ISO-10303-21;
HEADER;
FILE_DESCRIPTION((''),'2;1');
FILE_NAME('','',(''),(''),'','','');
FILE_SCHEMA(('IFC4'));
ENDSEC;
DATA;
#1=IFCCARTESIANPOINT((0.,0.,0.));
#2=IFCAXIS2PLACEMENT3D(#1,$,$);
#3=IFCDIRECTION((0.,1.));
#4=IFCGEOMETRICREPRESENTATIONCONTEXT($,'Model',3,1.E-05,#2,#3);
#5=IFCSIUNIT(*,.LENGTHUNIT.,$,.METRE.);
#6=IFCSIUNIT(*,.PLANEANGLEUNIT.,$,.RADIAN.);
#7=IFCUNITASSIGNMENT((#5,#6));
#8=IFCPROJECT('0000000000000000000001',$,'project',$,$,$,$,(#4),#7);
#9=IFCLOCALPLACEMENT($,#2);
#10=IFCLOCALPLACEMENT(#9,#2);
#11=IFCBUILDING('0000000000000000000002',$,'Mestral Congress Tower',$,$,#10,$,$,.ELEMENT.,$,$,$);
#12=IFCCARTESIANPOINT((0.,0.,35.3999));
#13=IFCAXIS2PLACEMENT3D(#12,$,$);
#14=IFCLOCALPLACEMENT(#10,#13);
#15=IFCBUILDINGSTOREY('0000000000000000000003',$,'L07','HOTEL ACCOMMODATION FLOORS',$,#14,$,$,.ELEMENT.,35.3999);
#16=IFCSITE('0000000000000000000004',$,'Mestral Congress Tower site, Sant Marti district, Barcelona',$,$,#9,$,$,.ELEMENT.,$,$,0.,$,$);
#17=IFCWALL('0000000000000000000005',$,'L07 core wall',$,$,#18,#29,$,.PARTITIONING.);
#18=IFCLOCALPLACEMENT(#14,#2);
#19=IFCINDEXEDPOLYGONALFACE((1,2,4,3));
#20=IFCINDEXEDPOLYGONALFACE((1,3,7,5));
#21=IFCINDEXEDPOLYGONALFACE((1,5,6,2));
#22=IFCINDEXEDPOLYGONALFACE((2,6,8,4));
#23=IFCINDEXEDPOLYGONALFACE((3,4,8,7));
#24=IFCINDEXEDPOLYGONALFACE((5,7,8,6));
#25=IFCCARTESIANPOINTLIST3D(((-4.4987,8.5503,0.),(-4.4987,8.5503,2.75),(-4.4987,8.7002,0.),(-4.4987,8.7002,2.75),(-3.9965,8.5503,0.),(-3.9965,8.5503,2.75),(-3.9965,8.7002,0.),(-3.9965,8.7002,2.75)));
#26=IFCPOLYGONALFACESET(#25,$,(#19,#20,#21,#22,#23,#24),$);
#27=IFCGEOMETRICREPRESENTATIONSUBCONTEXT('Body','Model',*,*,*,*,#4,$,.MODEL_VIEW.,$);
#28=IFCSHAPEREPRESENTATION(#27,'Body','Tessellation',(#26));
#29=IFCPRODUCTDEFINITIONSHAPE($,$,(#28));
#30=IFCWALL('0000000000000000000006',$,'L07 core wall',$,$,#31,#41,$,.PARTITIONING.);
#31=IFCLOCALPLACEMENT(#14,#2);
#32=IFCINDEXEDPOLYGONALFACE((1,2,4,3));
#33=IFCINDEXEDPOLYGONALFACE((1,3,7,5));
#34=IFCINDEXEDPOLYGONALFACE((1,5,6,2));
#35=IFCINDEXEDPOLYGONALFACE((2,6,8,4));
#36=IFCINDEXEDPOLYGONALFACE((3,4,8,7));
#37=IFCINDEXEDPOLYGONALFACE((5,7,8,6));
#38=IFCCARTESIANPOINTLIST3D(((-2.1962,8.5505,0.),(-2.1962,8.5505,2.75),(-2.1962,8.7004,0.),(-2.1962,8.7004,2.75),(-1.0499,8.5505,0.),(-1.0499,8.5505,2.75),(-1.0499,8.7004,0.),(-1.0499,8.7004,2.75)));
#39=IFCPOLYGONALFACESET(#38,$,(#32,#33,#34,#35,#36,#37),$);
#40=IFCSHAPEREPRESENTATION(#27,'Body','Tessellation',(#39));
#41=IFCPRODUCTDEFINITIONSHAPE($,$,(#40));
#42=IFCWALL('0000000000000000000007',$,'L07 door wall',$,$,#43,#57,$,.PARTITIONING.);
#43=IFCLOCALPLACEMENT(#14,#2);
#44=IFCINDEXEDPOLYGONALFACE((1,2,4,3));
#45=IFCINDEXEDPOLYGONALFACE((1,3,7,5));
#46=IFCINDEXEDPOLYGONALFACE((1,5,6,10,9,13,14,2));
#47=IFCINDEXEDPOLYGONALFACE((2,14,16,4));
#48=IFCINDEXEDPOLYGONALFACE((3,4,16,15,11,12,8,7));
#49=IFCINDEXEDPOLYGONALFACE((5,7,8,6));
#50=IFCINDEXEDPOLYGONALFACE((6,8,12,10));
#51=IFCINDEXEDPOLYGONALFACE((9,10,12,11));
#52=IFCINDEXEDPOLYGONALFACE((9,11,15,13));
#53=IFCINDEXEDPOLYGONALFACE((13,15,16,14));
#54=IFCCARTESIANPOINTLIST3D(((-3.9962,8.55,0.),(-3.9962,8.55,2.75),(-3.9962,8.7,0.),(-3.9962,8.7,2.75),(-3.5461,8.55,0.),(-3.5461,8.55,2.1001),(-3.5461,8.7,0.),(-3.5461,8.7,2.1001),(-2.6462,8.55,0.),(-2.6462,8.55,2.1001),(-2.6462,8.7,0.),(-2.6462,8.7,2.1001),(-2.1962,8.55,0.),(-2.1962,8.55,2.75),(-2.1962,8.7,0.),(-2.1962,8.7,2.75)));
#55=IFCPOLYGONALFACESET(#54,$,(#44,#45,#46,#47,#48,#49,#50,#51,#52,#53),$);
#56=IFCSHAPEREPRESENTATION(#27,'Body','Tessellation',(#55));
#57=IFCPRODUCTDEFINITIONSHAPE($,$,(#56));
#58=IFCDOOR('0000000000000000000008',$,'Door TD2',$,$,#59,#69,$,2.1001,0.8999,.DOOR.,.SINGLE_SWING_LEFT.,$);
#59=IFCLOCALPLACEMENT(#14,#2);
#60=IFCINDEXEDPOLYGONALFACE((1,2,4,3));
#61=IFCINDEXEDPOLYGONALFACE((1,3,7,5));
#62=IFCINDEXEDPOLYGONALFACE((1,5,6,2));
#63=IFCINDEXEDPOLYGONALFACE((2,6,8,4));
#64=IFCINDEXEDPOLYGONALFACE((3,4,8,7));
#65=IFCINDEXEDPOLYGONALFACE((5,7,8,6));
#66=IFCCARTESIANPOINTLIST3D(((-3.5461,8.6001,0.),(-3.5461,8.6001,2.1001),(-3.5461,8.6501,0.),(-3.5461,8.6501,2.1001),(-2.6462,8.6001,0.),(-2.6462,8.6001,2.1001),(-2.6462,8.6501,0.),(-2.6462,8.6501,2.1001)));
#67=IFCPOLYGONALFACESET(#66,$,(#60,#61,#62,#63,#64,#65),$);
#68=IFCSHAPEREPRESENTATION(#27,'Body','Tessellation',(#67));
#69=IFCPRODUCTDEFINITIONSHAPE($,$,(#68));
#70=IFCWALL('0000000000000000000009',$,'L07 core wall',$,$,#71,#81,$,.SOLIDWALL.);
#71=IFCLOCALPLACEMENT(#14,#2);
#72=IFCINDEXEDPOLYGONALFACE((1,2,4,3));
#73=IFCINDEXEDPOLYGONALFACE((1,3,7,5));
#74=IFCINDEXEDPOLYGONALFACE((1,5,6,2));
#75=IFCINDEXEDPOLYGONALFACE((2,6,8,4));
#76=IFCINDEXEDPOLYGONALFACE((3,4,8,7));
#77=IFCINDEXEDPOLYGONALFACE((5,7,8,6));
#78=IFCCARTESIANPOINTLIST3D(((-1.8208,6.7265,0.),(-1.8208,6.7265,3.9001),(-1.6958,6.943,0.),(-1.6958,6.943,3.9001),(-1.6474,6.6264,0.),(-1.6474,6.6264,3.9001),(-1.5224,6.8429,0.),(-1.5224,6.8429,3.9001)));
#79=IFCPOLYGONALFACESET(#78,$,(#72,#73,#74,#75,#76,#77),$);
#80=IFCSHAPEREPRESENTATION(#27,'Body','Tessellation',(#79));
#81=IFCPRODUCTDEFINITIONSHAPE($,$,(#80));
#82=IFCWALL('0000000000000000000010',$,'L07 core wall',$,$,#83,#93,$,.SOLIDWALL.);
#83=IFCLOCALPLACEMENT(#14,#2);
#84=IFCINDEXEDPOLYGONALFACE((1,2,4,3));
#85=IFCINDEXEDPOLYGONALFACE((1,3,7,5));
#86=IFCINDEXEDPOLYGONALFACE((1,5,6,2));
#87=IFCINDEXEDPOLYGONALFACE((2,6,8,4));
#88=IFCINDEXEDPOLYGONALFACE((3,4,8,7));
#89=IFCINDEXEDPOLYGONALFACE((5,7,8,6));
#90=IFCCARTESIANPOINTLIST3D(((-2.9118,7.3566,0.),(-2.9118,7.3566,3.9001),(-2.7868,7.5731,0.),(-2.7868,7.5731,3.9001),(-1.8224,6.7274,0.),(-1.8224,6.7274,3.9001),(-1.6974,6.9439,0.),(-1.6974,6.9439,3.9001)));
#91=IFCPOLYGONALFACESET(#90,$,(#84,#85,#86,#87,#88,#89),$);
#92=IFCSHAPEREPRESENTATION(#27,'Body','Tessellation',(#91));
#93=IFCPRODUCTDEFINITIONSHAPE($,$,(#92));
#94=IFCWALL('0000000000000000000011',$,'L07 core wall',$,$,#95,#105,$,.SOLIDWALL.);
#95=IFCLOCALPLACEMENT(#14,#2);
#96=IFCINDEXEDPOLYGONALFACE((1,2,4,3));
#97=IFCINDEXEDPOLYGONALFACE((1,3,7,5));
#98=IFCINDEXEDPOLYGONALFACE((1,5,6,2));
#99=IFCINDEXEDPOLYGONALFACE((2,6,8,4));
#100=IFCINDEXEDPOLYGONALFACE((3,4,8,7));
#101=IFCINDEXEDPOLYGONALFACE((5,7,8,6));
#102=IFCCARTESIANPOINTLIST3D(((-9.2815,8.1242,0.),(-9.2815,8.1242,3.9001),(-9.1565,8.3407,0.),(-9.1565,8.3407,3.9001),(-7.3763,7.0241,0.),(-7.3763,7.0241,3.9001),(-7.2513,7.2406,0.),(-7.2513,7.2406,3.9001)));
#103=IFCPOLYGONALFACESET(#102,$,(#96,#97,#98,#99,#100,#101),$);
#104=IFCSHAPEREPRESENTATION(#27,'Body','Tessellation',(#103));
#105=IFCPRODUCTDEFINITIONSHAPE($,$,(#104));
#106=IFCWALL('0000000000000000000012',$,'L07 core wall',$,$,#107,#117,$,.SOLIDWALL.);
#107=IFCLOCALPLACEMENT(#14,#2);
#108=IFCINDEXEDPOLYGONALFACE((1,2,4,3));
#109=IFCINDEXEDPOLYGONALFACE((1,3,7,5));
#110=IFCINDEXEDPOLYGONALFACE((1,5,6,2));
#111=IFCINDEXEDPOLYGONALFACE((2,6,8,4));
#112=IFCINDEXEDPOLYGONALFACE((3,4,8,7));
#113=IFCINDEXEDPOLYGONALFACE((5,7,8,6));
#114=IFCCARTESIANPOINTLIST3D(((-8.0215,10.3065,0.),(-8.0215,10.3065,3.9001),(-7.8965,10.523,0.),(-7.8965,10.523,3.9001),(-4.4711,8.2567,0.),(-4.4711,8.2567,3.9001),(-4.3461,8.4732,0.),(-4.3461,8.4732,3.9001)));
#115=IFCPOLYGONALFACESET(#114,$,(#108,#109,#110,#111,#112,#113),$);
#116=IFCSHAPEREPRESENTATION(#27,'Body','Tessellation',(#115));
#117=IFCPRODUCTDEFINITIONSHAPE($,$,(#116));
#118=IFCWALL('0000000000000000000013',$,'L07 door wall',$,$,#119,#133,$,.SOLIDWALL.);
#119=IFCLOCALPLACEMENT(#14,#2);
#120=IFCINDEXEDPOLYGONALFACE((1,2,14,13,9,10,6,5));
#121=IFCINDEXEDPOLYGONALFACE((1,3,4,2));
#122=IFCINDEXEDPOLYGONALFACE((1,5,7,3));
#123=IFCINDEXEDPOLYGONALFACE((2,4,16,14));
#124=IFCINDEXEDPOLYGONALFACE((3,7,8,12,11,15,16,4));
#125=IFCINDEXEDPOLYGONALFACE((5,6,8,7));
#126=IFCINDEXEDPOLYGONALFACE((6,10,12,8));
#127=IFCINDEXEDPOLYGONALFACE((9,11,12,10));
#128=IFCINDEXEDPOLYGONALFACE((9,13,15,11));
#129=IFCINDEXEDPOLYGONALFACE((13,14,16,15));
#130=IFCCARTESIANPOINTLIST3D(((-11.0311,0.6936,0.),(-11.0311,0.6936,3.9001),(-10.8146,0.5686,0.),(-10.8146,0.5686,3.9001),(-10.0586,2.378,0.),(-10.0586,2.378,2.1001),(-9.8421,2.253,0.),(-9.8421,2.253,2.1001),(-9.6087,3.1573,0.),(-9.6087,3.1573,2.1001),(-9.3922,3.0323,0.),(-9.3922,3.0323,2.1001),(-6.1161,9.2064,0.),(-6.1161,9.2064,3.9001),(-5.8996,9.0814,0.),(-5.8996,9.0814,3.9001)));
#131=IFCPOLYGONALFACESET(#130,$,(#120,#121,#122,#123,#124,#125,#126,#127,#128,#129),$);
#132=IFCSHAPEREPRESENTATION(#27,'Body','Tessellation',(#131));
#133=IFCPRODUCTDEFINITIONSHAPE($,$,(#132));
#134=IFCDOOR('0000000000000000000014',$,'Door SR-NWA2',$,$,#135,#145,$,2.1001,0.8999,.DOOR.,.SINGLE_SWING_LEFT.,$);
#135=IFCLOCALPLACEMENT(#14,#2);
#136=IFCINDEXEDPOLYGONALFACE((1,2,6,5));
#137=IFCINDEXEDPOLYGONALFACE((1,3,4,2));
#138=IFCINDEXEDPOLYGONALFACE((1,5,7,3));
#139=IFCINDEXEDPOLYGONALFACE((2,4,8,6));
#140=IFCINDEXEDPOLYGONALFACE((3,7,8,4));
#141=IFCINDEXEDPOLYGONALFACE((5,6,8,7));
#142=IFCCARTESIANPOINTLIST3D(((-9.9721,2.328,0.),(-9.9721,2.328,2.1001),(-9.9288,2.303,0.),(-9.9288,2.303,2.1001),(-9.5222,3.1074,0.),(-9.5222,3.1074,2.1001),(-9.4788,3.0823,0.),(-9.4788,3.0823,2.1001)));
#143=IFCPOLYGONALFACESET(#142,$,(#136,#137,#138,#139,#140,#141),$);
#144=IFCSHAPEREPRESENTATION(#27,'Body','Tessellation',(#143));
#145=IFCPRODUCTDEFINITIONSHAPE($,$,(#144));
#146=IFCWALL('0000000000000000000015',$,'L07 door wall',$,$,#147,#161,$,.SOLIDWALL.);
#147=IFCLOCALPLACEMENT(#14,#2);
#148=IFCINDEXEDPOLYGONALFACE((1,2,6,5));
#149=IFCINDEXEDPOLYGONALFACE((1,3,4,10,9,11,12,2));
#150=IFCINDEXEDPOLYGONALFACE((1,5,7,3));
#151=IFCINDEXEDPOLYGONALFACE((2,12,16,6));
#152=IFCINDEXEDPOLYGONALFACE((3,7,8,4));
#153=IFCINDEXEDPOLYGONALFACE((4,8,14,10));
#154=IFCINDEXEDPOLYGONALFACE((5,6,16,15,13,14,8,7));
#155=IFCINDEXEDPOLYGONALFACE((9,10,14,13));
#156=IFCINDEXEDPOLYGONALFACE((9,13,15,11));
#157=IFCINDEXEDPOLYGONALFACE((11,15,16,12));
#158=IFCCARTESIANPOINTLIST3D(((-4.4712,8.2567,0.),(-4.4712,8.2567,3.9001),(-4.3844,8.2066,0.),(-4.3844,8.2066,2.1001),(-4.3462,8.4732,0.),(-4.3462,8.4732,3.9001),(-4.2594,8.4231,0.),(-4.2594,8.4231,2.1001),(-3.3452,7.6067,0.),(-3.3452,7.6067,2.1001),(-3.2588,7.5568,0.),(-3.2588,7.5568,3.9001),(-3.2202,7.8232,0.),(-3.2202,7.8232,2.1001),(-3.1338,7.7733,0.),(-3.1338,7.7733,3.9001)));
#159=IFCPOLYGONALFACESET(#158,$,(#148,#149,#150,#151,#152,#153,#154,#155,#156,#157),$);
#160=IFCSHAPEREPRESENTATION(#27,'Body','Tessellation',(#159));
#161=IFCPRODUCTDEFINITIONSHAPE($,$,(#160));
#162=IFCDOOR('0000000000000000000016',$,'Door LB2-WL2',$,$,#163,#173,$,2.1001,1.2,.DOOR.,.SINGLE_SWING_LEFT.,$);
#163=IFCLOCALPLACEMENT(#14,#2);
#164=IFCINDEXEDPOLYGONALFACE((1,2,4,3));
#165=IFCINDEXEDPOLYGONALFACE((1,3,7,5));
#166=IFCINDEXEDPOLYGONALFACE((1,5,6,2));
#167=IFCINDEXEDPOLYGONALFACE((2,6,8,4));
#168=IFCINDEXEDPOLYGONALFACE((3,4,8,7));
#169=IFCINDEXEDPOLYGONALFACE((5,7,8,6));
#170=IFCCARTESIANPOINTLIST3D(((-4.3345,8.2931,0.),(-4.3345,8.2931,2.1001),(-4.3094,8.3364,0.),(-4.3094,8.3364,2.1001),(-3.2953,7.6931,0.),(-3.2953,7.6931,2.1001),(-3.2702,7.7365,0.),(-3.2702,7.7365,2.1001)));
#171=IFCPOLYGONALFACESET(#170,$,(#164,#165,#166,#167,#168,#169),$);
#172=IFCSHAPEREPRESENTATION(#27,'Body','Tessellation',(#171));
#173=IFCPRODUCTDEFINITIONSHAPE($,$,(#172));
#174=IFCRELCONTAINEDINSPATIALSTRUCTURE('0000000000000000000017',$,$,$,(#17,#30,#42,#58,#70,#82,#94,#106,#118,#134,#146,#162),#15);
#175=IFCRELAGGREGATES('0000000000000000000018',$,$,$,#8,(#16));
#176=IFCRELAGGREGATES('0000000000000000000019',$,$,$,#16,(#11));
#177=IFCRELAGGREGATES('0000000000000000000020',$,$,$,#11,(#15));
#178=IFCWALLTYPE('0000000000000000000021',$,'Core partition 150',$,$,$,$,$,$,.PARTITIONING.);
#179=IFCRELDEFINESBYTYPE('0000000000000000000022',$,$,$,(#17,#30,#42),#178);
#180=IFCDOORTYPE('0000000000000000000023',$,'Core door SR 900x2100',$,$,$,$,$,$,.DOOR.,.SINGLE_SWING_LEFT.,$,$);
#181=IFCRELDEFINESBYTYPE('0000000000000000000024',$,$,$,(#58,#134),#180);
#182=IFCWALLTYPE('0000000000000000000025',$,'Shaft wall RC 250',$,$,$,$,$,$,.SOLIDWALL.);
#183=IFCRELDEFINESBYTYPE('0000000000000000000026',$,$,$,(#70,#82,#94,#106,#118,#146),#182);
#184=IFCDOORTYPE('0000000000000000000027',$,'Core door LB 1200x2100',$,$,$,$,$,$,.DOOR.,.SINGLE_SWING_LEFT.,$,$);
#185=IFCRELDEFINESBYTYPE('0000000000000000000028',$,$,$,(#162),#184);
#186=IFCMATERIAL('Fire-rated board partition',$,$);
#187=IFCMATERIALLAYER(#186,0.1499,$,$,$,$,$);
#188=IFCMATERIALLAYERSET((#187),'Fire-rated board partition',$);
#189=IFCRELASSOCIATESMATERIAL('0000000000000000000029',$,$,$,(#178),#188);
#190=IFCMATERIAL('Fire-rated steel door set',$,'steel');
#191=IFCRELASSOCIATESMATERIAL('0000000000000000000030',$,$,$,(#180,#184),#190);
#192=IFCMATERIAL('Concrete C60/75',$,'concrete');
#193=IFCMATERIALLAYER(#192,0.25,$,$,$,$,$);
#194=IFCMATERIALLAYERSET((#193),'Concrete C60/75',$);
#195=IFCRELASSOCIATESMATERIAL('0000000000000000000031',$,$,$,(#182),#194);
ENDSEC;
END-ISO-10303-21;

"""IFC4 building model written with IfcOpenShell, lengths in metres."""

from ifc_helpers import new_model, si_unit, direction, frame, frame_2d, origin, place, context, subcontext, project, spatial, rectangle, extrude, material, layer, layer_set, type_object, element, fill, save


model = new_model("IFC4")

# Units and contexts
model_context = context("Model", 3, precision=1e-05, world=origin(), true_north=direction((0.0, 1.0)))
body_context = subcontext(model_context, "Body", "Model", "MODEL_VIEW")
ifc_project = project(units=[si_unit("LENGTHUNIT", "METRE"), si_unit("PLANEANGLEUNIT", "RADIAN")], contexts=[model_context])

# Site, building, storey
site_placement = place(None, origin())
site = spatial("IfcSite", under=ifc_project, at=site_placement, Name="Mestral Congress Tower site, Sant Marti district, Barcelona", CompositionType="ELEMENT", RefElevation=0.0)
building_placement = place(site_placement, origin())
building = spatial("IfcBuilding", under=site, at=building_placement, Name="Mestral Congress Tower", CompositionType="ELEMENT")
storey_placement = place(building_placement, frame((0.0, 0.0, 35.3999)))
storey = spatial("IfcBuildingStorey", under=building, at=storey_placement, Name="L07", Description="HOTEL ACCOMMODATION FLOORS", CompositionType="ELEMENT", Elevation=35.3999)

# Walls
ifc_material_1 = material(Name="Fire-rated board partition")
ifc_layer_1 = layer(ifc_material_1, 0.1499)
ifc_layer_set_1 = layer_set([ifc_layer_1], Name="Fire-rated board partition")
wall_type_1 = type_object("IfcWallType", Name="Core partition 150", PredefinedType="PARTITIONING", material=ifc_layer_set_1)
wall_1_placement = place(storey_placement, frame((-3.9966, 8.6252, 0.0), z_axis=(0.0, 0.0, 1.0), x_axis=(-1.0, 0.0, 0.0)))
element("IfcWall", 1, at=wall_1_placement, inside=storey, type_object=wall_type_1, Name="L07 core wall", PredefinedType="PARTITIONING", context=body_context, shape_type="SweptSolid", body=[
    extrude(rectangle(XDim=0.5022, YDim=0.1499, at=frame_2d((0.251, 0.0))), origin(), (0.0, 0.0, 1.0), 2.75),
])
wall_2_placement = place(storey_placement, frame((-2.1963, 8.6255, 0.0), z_axis=(0.0, 0.0, 1.0), x_axis=(1.0, 0.0, 0.0)))
element("IfcWall", 2, at=wall_2_placement, inside=storey, type_object=wall_type_1, Name="L07 core wall", PredefinedType="PARTITIONING", context=body_context, shape_type="SweptSolid", body=[
    extrude(rectangle(XDim=1.1462, YDim=0.1499, at=frame_2d((0.5732, 0.0))), origin(), (0.0, 0.0, 1.0), 2.75),
])

# Wall, opening, door
wall_3_placement = place(storey_placement, frame((-2.1963, 8.625, 0.0), z_axis=(0.0, 0.0, 1.0), x_axis=(-1.0, 0.0, 0.0)))
wall_3 = element("IfcWall", 3, at=wall_3_placement, inside=storey, type_object=wall_type_1, Name="L07 door wall", PredefinedType="PARTITIONING", context=body_context, shape_type="SweptSolid", body=[
    extrude(rectangle(XDim=1.8, YDim=0.1499, at=frame_2d((0.8999, 0.0))), origin(), (0.0, 0.0, 1.0), 2.75),
])
opening_1_placement = place(wall_3_placement, frame((0.45, 0.0, 0.0)))
opening_1 = element("IfcOpeningElement", 4, at=opening_1_placement, cuts=wall_3, PredefinedType="OPENING", context=body_context, shape_type="SweptSolid", body=[
    extrude(rectangle(XDim=0.8999, YDim=2.1001, at=frame_2d((0.45, 1.05))), frame((0.0, 0.085, 0.0), z_axis=(0.0, -1.0, 0.0), x_axis=(1.0, 0.0, 0.0)), (0.0, 0.0, 1.0), 0.1699),
])
ifc_material_2 = material(Name="Fire-rated steel door set", Category="steel")
door_type_1 = type_object("IfcDoorType", Name="Core door SR 900x2100", OperationType="SINGLE_SWING_LEFT", PredefinedType="DOOR", material=ifc_material_2)
door_1_placement = place(opening_1_placement, origin())
door_1 = element("IfcDoor", 5, at=door_1_placement, inside=storey, type_object=door_type_1, Name="Door TD2", OperationType="SINGLE_SWING_LEFT", OverallHeight=2.1001, OverallWidth=0.8999, PredefinedType="DOOR", context=body_context, shape_type="SweptSolid", body=[
    extrude(rectangle(XDim=0.8999, YDim=2.1001, at=frame_2d((0.45, 1.05))), frame((0.0, 0.0249, 0.0), z_axis=(0.0, -1.0, 0.0), x_axis=(1.0, 0.0, 0.0)), (0.0, 0.0, 1.0), 0.05),
])
fill(opening_1, door_1)

# Walls
ifc_material_3 = material(Name="Concrete C60/75", Category="concrete")
ifc_layer_2 = layer(ifc_material_3, 0.25)
ifc_layer_set_2 = layer_set([ifc_layer_2], Name="Concrete C60/75")
wall_type_2 = type_object("IfcWallType", Name="Shaft wall RC 250", PredefinedType="SOLIDWALL", material=ifc_layer_set_2)
wall_4_placement = place(storey_placement, frame((-1.7583, 6.8347, 0.0), z_axis=(0.0, 0.0, 1.0), x_axis=(0.865982, -0.500074, 0.0)))
element("IfcWall", 6, at=wall_4_placement, inside=storey, type_object=wall_type_2, Name="L07 core wall", PredefinedType="SOLIDWALL", context=body_context, shape_type="SweptSolid", body=[
    extrude(rectangle(XDim=0.2002, YDim=0.25, at=frame_2d((0.1001, 0.0))), origin(), (0.0, 0.0, 1.0), 3.9001),
])
wall_5_placement = place(storey_placement, frame((-1.76, 6.8357, 0.0), z_axis=(0.0, 0.0, 1.0), x_axis=(-0.865953, 0.500126, 0.0)))
element("IfcWall", 7, at=wall_5_placement, inside=storey, type_object=wall_type_2, Name="L07 core wall", PredefinedType="SOLIDWALL", context=body_context, shape_type="SweptSolid", body=[
    extrude(rectangle(XDim=1.2581, YDim=0.25, at=frame_2d((0.6289, 0.0))), origin(), (0.0, 0.0, 1.0), 3.9001),
])
wall_6_placement = place(storey_placement, frame((-7.3137, 7.1323, 0.0), z_axis=(0.0, 0.0, 1.0), x_axis=(-0.866008, 0.50003, 0.0)))
element("IfcWall", 8, at=wall_6_placement, inside=storey, type_object=wall_type_2, Name="L07 core wall", PredefinedType="SOLIDWALL", context=body_context, shape_type="SweptSolid", body=[
    extrude(rectangle(XDim=2.2, YDim=0.25, at=frame_2d((1.1001, 0.0))), origin(), (0.0, 0.0, 1.0), 3.9001),
])
wall_7_placement = place(storey_placement, frame((-7.959, 10.4148, 0.0), z_axis=(0.0, 0.0, 1.0), x_axis=(0.866021, -0.500008, 0.0)))
element("IfcWall", 9, at=wall_7_placement, inside=storey, type_object=wall_type_2, Name="L07 core wall", PredefinedType="SOLIDWALL", context=body_context, shape_type="SweptSolid", body=[
    extrude(rectangle(XDim=4.0996, YDim=0.25, at=frame_2d((2.0498, 0.0))), origin(), (0.0, 0.0, 1.0), 3.9001),
])

# Walls, openings, doors
wall_8_placement = place(storey_placement, frame((-6.0078, 9.144, 0.0), z_axis=(0.0, 0.0, 1.0), x_axis=(-0.500007, -0.866021, 0.0)))
wall_8 = element("IfcWall", 10, at=wall_8_placement, inside=storey, type_object=wall_type_2, Name="L07 door wall", PredefinedType="SOLIDWALL", context=body_context, shape_type="SweptSolid", body=[
    extrude(rectangle(XDim=9.8298, YDim=0.25, at=frame_2d((4.915, 0.0))), origin(), (0.0, 0.0, 1.0), 3.9001),
])
opening_2_placement = place(wall_8_placement, frame((6.9851, 0.0, 0.0)))
opening_2 = element("IfcOpeningElement", 11, at=opening_2_placement, cuts=wall_8, PredefinedType="OPENING", context=body_context, shape_type="SweptSolid", body=[
    extrude(rectangle(XDim=0.8999, YDim=2.1001, at=frame_2d((0.45, 1.05))), frame((0.0, 0.135, 0.0), z_axis=(0.0, -1.0, 0.0), x_axis=(1.0, 0.0, 0.0)), (0.0, 0.0, 1.0), 0.27),
])
door_2_placement = place(opening_2_placement, origin())
door_2 = element("IfcDoor", 12, at=door_2_placement, inside=storey, type_object=door_type_1, Name="Door SR-NWA2", OperationType="SINGLE_SWING_LEFT", OverallHeight=2.1001, OverallWidth=0.8999, PredefinedType="DOOR", context=body_context, shape_type="SweptSolid", body=[
    extrude(rectangle(XDim=0.8999, YDim=2.1001, at=frame_2d((0.45, 1.05))), frame((0.0, 0.0249, 0.0), z_axis=(0.0, -1.0, 0.0), x_axis=(1.0, 0.0, 0.0)), (0.0, 0.0, 1.0), 0.05),
])
fill(opening_2, door_2)
wall_9_placement = place(storey_placement, frame((-4.4087, 8.365, 0.0), z_axis=(0.0, 0.0, 1.0), x_axis=(0.866035, -0.499984, 0.0)))
wall_9 = element("IfcWall", 13, at=wall_9_placement, inside=storey, type_object=wall_type_2, Name="L07 door wall", PredefinedType="SOLIDWALL", context=body_context, shape_type="SweptSolid", body=[
    extrude(rectangle(XDim=1.3999, YDim=0.25, at=frame_2d((0.7, 0.0))), origin(), (0.0, 0.0, 1.0), 3.9001),
])
opening_3_placement = place(wall_9_placement, frame((0.1001, 0.0, 0.0)))
opening_3 = element("IfcOpeningElement", 14, at=opening_3_placement, cuts=wall_9, PredefinedType="OPENING", context=body_context, shape_type="SweptSolid", body=[
    extrude(rectangle(XDim=1.2, YDim=2.1001, at=frame_2d((0.6001, 1.05))), frame((0.0, 0.135, 0.0), z_axis=(0.0, -1.0, 0.0), x_axis=(1.0, 0.0, 0.0)), (0.0, 0.0, 1.0), 0.27),
])
door_type_2 = type_object("IfcDoorType", Name="Core door LB 1200x2100", OperationType="SINGLE_SWING_LEFT", PredefinedType="DOOR", material=ifc_material_2)
door_3_placement = place(opening_3_placement, origin())
door_3 = element("IfcDoor", 15, at=door_3_placement, inside=storey, type_object=door_type_2, Name="Door LB2-WL2", OperationType="SINGLE_SWING_LEFT", OverallHeight=2.1001, OverallWidth=1.2, PredefinedType="DOOR", context=body_context, shape_type="SweptSolid", body=[
    extrude(rectangle(XDim=1.2, YDim=2.1001, at=frame_2d((0.6001, 1.05))), frame((0.0, 0.0249, 0.0), z_axis=(0.0, -1.0, 0.0), x_axis=(1.0, 0.0, 0.0)), (0.0, 0.0, 1.0), 0.05),
])
fill(opening_3, door_3)

save(model, "model.ifc")
